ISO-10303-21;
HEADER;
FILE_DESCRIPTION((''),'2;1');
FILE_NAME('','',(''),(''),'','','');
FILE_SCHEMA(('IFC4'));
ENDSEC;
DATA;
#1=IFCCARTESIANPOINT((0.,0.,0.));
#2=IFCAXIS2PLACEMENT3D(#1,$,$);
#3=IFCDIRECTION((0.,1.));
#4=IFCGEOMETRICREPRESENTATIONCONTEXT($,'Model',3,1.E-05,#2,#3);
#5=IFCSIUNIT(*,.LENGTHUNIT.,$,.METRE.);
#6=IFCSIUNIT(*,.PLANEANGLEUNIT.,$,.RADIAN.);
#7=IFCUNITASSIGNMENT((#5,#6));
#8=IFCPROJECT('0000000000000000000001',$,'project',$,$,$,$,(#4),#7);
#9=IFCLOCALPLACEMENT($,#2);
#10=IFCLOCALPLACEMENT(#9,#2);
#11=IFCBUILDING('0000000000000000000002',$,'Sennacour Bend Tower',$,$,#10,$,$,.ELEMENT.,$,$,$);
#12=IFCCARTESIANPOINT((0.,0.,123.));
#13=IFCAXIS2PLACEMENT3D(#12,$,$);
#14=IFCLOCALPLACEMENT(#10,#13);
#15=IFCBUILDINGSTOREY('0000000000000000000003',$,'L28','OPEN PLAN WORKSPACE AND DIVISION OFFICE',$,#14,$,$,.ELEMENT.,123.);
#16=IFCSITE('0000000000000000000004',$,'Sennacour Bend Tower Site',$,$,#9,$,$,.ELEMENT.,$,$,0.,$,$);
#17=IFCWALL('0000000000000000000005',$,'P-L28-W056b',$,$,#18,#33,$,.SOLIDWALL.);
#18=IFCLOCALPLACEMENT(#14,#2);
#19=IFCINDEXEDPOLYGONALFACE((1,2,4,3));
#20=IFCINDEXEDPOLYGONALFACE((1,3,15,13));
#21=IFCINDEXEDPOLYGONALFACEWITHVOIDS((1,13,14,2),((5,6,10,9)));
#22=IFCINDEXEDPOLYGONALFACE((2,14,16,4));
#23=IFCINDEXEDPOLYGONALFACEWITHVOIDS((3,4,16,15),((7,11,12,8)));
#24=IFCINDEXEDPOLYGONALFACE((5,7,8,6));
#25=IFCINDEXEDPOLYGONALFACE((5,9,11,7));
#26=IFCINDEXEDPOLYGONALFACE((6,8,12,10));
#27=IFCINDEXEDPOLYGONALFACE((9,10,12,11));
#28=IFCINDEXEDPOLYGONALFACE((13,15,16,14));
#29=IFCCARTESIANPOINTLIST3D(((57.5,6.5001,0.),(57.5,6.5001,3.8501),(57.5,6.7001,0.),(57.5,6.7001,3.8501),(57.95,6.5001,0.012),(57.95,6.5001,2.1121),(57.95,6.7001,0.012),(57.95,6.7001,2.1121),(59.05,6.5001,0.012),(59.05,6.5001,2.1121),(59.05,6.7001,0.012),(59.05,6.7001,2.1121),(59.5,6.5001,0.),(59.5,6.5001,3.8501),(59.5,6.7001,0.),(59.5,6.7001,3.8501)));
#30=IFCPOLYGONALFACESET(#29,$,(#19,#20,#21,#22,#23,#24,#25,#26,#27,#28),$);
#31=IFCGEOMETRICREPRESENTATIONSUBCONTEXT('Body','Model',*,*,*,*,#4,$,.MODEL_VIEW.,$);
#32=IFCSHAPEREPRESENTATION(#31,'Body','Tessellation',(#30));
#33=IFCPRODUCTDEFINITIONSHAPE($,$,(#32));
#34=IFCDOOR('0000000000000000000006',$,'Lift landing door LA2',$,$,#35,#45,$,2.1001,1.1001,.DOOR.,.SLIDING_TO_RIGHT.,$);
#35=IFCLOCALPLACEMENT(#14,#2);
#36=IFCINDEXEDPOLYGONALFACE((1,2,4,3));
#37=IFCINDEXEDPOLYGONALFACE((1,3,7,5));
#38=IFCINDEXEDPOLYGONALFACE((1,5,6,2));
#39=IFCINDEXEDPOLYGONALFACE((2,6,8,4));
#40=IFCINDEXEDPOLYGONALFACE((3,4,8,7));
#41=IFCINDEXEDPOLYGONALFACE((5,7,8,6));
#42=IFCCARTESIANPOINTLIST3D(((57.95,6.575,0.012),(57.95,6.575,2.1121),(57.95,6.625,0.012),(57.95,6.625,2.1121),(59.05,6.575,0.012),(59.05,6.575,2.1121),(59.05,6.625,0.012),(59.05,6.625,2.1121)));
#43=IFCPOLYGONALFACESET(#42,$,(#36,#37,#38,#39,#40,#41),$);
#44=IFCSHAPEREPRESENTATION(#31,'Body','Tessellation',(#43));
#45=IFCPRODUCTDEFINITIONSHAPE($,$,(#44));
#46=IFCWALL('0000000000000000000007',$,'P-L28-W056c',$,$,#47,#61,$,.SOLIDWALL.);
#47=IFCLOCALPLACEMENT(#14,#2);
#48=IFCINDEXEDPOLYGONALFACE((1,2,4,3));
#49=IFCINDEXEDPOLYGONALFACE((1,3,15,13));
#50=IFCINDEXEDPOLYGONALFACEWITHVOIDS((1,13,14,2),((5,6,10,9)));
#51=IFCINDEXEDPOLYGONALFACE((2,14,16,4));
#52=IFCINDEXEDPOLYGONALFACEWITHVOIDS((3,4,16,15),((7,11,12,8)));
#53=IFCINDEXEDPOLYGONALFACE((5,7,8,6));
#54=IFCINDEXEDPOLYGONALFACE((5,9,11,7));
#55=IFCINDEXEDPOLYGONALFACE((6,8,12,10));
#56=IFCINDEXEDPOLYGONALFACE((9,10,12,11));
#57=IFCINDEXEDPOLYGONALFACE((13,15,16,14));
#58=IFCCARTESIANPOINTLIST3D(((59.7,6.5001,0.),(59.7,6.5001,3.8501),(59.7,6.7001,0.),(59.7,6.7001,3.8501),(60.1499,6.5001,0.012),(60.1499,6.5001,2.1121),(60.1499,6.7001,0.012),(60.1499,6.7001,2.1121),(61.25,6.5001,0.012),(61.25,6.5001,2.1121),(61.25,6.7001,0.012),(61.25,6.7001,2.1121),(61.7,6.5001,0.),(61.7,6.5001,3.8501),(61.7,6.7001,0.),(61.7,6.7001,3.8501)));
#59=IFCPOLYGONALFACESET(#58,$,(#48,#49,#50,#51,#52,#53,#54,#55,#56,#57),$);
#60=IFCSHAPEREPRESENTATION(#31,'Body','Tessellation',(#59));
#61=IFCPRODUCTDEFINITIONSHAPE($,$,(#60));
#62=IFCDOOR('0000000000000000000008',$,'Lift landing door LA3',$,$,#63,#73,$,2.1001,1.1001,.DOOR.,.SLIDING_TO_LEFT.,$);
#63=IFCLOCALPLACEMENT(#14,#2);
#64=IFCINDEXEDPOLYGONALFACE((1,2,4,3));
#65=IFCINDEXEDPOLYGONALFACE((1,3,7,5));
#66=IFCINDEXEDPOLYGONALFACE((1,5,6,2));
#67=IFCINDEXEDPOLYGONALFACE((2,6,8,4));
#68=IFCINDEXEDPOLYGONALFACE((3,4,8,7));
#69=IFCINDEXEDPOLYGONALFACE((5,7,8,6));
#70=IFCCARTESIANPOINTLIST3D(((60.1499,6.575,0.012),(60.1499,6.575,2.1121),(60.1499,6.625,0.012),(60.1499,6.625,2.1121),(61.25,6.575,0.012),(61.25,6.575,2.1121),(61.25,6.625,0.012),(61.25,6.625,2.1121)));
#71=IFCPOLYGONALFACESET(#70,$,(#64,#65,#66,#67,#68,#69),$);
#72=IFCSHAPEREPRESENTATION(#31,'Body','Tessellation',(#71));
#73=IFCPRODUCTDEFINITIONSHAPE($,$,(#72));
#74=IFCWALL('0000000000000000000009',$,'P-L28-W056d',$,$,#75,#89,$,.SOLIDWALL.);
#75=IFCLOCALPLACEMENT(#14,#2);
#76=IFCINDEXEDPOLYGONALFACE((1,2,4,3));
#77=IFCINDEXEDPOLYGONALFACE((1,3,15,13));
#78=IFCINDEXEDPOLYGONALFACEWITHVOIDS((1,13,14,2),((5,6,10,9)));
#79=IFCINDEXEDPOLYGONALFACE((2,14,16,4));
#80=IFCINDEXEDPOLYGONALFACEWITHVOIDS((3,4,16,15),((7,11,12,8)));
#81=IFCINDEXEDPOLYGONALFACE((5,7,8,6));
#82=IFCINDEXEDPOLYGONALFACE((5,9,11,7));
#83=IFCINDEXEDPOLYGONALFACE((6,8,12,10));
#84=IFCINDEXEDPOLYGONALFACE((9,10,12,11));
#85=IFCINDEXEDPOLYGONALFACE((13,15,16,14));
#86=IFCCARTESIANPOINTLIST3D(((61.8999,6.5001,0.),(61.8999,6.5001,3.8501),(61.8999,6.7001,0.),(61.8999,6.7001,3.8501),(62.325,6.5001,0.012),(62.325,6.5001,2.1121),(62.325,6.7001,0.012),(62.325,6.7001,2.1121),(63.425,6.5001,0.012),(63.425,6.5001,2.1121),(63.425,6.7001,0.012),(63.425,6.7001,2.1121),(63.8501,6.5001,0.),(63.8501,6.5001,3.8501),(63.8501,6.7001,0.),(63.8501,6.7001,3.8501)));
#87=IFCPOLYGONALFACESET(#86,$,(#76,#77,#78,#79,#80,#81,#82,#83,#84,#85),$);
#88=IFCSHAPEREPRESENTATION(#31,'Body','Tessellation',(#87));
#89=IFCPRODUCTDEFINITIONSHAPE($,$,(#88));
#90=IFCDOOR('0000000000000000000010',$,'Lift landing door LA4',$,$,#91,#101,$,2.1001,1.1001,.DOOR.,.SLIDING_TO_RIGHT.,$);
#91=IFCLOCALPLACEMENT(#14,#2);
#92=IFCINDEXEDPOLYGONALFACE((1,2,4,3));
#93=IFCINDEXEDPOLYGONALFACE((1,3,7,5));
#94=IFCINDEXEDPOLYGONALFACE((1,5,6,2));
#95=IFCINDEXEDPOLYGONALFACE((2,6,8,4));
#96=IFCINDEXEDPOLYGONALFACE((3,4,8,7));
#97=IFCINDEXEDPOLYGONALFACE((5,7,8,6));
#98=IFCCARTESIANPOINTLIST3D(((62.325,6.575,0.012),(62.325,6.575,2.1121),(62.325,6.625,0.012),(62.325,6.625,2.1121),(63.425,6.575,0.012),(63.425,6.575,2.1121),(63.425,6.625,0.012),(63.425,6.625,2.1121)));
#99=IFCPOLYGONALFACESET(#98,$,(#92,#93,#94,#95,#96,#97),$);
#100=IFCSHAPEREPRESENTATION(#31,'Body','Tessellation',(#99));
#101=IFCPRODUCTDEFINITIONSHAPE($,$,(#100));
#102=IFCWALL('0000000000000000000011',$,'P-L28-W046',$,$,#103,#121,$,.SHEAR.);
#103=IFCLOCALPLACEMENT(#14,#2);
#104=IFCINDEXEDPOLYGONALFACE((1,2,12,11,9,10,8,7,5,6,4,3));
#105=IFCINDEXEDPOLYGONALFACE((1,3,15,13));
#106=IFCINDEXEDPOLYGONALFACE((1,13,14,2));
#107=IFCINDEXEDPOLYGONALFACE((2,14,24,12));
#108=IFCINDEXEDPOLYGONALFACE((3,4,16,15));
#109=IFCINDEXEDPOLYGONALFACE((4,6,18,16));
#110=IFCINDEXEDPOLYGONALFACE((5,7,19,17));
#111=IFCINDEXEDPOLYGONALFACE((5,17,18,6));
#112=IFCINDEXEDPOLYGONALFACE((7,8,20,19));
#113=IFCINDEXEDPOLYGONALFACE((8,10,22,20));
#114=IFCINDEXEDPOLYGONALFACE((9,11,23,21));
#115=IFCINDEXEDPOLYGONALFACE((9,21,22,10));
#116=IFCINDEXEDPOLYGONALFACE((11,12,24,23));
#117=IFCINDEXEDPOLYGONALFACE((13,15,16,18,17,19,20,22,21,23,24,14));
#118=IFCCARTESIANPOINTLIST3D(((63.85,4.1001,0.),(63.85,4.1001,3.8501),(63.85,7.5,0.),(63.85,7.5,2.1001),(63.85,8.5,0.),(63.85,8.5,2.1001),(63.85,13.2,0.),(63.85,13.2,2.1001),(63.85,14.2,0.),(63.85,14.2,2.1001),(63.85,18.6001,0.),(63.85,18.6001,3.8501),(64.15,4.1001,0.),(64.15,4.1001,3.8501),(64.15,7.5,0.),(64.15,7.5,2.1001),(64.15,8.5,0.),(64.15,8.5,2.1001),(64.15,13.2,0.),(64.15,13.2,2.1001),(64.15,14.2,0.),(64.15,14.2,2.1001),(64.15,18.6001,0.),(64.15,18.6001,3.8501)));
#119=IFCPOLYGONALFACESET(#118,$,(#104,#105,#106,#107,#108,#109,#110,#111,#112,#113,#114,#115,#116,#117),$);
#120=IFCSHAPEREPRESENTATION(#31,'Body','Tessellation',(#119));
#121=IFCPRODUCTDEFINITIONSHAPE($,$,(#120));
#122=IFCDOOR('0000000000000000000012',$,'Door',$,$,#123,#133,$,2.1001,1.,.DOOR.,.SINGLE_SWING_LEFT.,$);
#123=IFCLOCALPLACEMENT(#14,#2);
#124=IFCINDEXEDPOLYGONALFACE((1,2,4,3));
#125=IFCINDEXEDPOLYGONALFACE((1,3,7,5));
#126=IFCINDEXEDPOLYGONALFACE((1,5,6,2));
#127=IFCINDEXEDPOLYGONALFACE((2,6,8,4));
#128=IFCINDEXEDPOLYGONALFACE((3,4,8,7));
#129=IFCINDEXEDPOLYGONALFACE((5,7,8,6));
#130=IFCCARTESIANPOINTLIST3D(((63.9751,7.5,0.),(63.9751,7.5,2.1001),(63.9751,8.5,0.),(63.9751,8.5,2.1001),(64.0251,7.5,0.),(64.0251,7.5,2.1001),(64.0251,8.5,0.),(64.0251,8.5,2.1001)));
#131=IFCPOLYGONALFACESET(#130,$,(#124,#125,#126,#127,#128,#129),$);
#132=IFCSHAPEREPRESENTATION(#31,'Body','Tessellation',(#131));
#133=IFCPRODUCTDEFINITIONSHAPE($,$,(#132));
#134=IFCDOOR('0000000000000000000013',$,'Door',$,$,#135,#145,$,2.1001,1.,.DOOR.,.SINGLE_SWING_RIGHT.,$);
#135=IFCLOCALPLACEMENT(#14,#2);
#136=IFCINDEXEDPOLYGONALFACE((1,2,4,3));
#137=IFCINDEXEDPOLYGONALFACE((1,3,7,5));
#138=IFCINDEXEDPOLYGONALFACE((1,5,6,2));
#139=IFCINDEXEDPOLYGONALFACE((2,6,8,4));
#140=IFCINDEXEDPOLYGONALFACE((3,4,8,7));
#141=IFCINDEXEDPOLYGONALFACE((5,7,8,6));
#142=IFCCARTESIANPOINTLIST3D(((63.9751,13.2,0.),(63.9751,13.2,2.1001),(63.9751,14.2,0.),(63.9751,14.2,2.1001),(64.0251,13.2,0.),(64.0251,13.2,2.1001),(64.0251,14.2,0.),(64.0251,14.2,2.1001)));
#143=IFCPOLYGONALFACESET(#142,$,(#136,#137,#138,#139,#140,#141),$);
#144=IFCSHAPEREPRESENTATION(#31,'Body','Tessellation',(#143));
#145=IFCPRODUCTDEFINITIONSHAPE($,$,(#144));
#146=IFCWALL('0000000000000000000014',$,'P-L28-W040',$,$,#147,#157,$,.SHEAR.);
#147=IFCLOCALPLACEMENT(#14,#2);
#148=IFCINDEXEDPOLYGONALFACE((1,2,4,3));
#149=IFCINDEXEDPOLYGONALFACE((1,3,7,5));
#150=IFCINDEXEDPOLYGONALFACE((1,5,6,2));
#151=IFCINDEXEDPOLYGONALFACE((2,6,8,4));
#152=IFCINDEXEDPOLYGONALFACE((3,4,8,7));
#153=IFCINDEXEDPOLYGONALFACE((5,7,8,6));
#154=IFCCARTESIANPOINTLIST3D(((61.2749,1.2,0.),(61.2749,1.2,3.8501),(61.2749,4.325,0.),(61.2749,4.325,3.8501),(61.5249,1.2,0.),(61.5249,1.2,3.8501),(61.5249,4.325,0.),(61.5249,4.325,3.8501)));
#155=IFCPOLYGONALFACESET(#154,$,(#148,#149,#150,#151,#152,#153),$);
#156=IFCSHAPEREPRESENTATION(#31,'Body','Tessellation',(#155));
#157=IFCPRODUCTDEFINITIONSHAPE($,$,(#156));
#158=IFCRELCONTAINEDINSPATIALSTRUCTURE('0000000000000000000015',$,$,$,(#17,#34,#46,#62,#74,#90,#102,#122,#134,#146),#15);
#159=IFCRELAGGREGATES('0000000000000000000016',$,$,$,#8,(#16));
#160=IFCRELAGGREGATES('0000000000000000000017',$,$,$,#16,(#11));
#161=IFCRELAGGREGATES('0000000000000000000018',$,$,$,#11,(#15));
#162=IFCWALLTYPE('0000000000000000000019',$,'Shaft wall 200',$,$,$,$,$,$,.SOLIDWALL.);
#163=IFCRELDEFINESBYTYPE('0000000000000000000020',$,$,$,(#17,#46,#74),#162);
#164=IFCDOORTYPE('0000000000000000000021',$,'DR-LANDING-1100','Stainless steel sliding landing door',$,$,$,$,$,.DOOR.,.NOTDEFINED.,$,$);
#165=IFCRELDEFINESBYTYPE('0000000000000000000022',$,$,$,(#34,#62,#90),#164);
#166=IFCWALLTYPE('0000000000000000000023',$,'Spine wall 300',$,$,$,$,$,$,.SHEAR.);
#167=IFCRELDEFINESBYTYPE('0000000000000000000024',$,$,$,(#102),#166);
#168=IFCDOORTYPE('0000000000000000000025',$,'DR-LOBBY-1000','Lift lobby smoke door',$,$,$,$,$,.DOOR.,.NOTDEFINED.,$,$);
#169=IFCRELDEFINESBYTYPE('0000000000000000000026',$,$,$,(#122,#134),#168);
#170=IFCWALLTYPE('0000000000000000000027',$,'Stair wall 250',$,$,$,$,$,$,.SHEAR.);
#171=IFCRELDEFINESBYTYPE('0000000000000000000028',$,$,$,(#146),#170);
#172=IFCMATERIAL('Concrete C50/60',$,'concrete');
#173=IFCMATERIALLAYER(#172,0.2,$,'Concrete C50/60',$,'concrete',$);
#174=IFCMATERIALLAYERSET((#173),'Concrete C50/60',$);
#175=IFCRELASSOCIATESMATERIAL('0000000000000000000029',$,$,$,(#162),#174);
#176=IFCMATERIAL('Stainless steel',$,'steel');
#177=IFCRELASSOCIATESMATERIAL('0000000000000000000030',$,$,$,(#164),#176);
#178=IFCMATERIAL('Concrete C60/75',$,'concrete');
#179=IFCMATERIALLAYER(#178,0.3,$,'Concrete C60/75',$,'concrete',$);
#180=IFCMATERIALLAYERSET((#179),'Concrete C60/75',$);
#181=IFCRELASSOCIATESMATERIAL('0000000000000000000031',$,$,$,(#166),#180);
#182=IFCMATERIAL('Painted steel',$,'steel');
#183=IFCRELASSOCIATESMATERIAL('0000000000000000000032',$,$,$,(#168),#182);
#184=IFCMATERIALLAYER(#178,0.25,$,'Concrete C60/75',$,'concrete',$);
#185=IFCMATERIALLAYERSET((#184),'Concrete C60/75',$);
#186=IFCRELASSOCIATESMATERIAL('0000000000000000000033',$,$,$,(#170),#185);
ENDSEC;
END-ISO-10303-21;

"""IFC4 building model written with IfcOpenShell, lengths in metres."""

from ifc_helpers import new_model, si_unit, direction, frame, frame_2d, origin, place, context, subcontext, project, spatial, rectangle, extrude, material, layer, layer_set, type_object, element, fill, save


model = new_model("IFC4")

# Units and contexts
model_context = context("Model", 3, precision=1e-05, world=origin(), true_north=direction((0.0, 1.0)))
body_context = subcontext(model_context, "Body", "Model", "MODEL_VIEW")
ifc_project = project(units=[si_unit("LENGTHUNIT", "METRE"), si_unit("PLANEANGLEUNIT", "RADIAN")], contexts=[model_context])

# Site, building, storey
site_placement = place(None, origin())
site = spatial("IfcSite", under=ifc_project, at=site_placement, Name="Sennacour Bend Tower Site", CompositionType="ELEMENT", RefElevation=0.0)
building_placement = place(site_placement, origin())
building = spatial("IfcBuilding", under=site, at=building_placement, Name="Sennacour Bend Tower", CompositionType="ELEMENT")
storey_placement = place(building_placement, frame((0.0, 0.0, 123.0)))
storey = spatial("IfcBuildingStorey", under=building, at=storey_placement, Name="L28", Description="OPEN PLAN WORKSPACE AND DIVISION OFFICE", CompositionType="ELEMENT", Elevation=123.0)

# Shared definitions
ifc_material_1 = material(Name="Painted steel", Category="steel")

# Shared definitions
ifc_material_2 = material(Name="Concrete C50/60", Category="concrete")
ifc_layer_1 = layer(ifc_material_2, 0.2, Name="Concrete C50/60", Category="concrete")
ifc_layer_set_1 = layer_set([ifc_layer_1], Name="Concrete C50/60")
wall_type_1 = type_object("IfcWallType", Name="Shaft wall 200", PredefinedType="SOLIDWALL", material=ifc_layer_set_1)

# Walls, openings, doors
wall_1_placement = place(storey_placement, frame((57.5, 6.6001, 0.0), z_axis=(0.0, 0.0, 1.0), x_axis=(1.0, 0.0, 0.0)))
wall_1 = element("IfcWall", 1, at=wall_1_placement, inside=storey, type_object=wall_type_1, Name="P-L28-W056b", PredefinedType="SOLIDWALL", context=body_context, shape_type="SweptSolid", body=[
    extrude(rectangle(XDim=2.0, YDim=0.2, at=frame_2d((1.0, 0.0))), origin(), (0.0, 0.0, 1.0), 3.8501),
])
opening_1_placement = place(wall_1_placement, frame((0.45, 0.0, 0.012)))
opening_1 = element("IfcOpeningElement", 2, at=opening_1_placement, cuts=wall_1, PredefinedType="OPENING", context=body_context, shape_type="SweptSolid", body=[
    extrude(rectangle(XDim=1.1001, YDim=2.1001, at=frame_2d((0.55, 1.05))), frame((0.0, 0.1099, 0.0), z_axis=(0.0, -1.0, 0.0), x_axis=(1.0, 0.0, 0.0)), (0.0, 0.0, 1.0), 0.22),
])
ifc_material_3 = material(Name="Stainless steel", Category="steel")
door_type_1 = type_object("IfcDoorType", Name="DR-LANDING-1100", Description="Stainless steel sliding landing door", OperationType="NOTDEFINED", PredefinedType="DOOR", material=ifc_material_3)
door_1_placement = place(opening_1_placement, origin())
door_1 = element("IfcDoor", 3, at=door_1_placement, inside=storey, type_object=door_type_1, Name="Lift landing door LA2", OperationType="SLIDING_TO_RIGHT", OverallHeight=2.1001, OverallWidth=1.1001, PredefinedType="DOOR", context=body_context, shape_type="SweptSolid", body=[
    extrude(rectangle(XDim=1.1001, YDim=2.1001, at=frame_2d((0.55, 1.05))), frame((0.0, 0.0249, 0.0), z_axis=(0.0, -1.0, 0.0), x_axis=(1.0, 0.0, 0.0)), (0.0, 0.0, 1.0), 0.05),
])
fill(opening_1, door_1)
wall_2_placement = place(storey_placement, frame((59.7, 6.6001, 0.0), z_axis=(0.0, 0.0, 1.0), x_axis=(1.0, 0.0, 0.0)))
wall_2 = element("IfcWall", 4, at=wall_2_placement, inside=storey, type_object=wall_type_1, Name="P-L28-W056c", PredefinedType="SOLIDWALL", context=body_context, shape_type="SweptSolid", body=[
    extrude(rectangle(XDim=2.0, YDim=0.2, at=frame_2d((1.0, 0.0))), origin(), (0.0, 0.0, 1.0), 3.8501),
])
opening_2_placement = place(wall_2_placement, frame((0.45, 0.0, 0.012)))
opening_2 = element("IfcOpeningElement", 5, at=opening_2_placement, cuts=wall_2, PredefinedType="OPENING", context=body_context, shape_type="SweptSolid", body=[
    extrude(rectangle(XDim=1.1001, YDim=2.1001, at=frame_2d((0.55, 1.05))), frame((0.0, 0.1099, 0.0), z_axis=(0.0, -1.0, 0.0), x_axis=(1.0, 0.0, 0.0)), (0.0, 0.0, 1.0), 0.22),
])
door_2_placement = place(opening_2_placement, origin())
door_2 = element("IfcDoor", 6, at=door_2_placement, inside=storey, type_object=door_type_1, Name="Lift landing door LA3", OperationType="SLIDING_TO_LEFT", OverallHeight=2.1001, OverallWidth=1.1001, PredefinedType="DOOR", context=body_context, shape_type="SweptSolid", body=[
    extrude(rectangle(XDim=1.1001, YDim=2.1001, at=frame_2d((0.55, 1.05))), frame((0.0, 0.0249, 0.0), z_axis=(0.0, -1.0, 0.0), x_axis=(1.0, 0.0, 0.0)), (0.0, 0.0, 1.0), 0.05),
])
fill(opening_2, door_2)
wall_3_placement = place(storey_placement, frame((61.8999, 6.6001, 0.0), z_axis=(0.0, 0.0, 1.0), x_axis=(1.0, 0.0, 0.0)))
wall_3 = element("IfcWall", 7, at=wall_3_placement, inside=storey, type_object=wall_type_1, Name="P-L28-W056d", PredefinedType="SOLIDWALL", context=body_context, shape_type="SweptSolid", body=[
    extrude(rectangle(XDim=1.9502, YDim=0.2, at=frame_2d((0.9751, 0.0))), origin(), (0.0, 0.0, 1.0), 3.8501),
])
opening_3_placement = place(wall_3_placement, frame((0.425, 0.0, 0.012)))
opening_3 = element("IfcOpeningElement", 8, at=opening_3_placement, cuts=wall_3, PredefinedType="OPENING", context=body_context, shape_type="SweptSolid", body=[
    extrude(rectangle(XDim=1.1001, YDim=2.1001, at=frame_2d((0.55, 1.05))), frame((0.0, 0.1099, 0.0), z_axis=(0.0, -1.0, 0.0), x_axis=(1.0, 0.0, 0.0)), (0.0, 0.0, 1.0), 0.22),
])
door_3_placement = place(opening_3_placement, origin())
door_3 = element("IfcDoor", 9, at=door_3_placement, inside=storey, type_object=door_type_1, Name="Lift landing door LA4", OperationType="SLIDING_TO_RIGHT", OverallHeight=2.1001, OverallWidth=1.1001, PredefinedType="DOOR", context=body_context, shape_type="SweptSolid", body=[
    extrude(rectangle(XDim=1.1001, YDim=2.1001, at=frame_2d((0.55, 1.05))), frame((0.0, 0.0249, 0.0), z_axis=(0.0, -1.0, 0.0), x_axis=(1.0, 0.0, 0.0)), (0.0, 0.0, 1.0), 0.05),
])
fill(opening_3, door_3)

# Wall, openings, doors
ifc_material_4 = material(Name="Concrete C60/75", Category="concrete")
ifc_layer_2 = layer(ifc_material_4, 0.3, Name="Concrete C60/75", Category="concrete")
ifc_layer_set_2 = layer_set([ifc_layer_2], Name="Concrete C60/75")
wall_type_2 = type_object("IfcWallType", Name="Spine wall 300", PredefinedType="SHEAR", material=ifc_layer_set_2)
wall_4_placement = place(storey_placement, frame((64.0, 4.1001, 0.0), z_axis=(0.0, 0.0, 1.0), x_axis=(0.0, 1.0, 0.0)))
wall_4 = element("IfcWall", 10, at=wall_4_placement, inside=storey, type_object=wall_type_2, Name="P-L28-W046", PredefinedType="SHEAR", context=body_context, shape_type="SweptSolid", body=[
    extrude(rectangle(XDim=14.5, YDim=0.3, at=frame_2d((7.25, 0.0))), origin(), (0.0, 0.0, 1.0), 3.8501),
])
opening_4_placement = place(wall_4_placement, frame((3.3999, 0.0, 0.0)))
opening_4 = element("IfcOpeningElement", 11, at=opening_4_placement, cuts=wall_4, PredefinedType="OPENING", context=body_context, shape_type="SweptSolid", body=[
    extrude(rectangle(XDim=1.0, YDim=2.1001, at=frame_2d((0.5, 1.05))), frame((0.0, 0.1602, 0.0), z_axis=(0.0, -1.0, 0.0), x_axis=(1.0, 0.0, 0.0)), (0.0, 0.0, 1.0), 0.3201),
])
opening_5_placement = place(wall_4_placement, frame((9.0999, 0.0, 0.0)))
opening_5 = element("IfcOpeningElement", 12, at=opening_5_placement, cuts=wall_4, PredefinedType="OPENING", context=body_context, shape_type="SweptSolid", body=[
    extrude(rectangle(XDim=1.0, YDim=2.1001, at=frame_2d((0.5, 1.05))), frame((0.0, 0.1602, 0.0), z_axis=(0.0, -1.0, 0.0), x_axis=(1.0, 0.0, 0.0)), (0.0, 0.0, 1.0), 0.3201),
])
door_type_2 = type_object("IfcDoorType", Name="DR-LOBBY-1000", Description="Lift lobby smoke door", OperationType="NOTDEFINED", PredefinedType="DOOR", material=ifc_material_1)
door_4_placement = place(opening_4_placement, origin())
door_4 = element("IfcDoor", 13, at=door_4_placement, inside=storey, type_object=door_type_2, Name="Door", OperationType="SINGLE_SWING_LEFT", OverallHeight=2.1001, OverallWidth=1.0, PredefinedType="DOOR", context=body_context, shape_type="SweptSolid", body=[
    extrude(rectangle(XDim=1.0, YDim=2.1001, at=frame_2d((0.5, 1.05))), frame((0.0, 0.0249, 0.0), z_axis=(0.0, -1.0, 0.0), x_axis=(1.0, 0.0, 0.0)), (0.0, 0.0, 1.0), 0.05),
])
fill(opening_4, door_4)
door_5_placement = place(opening_5_placement, origin())
door_5 = element("IfcDoor", 14, at=door_5_placement, inside=storey, type_object=door_type_2, Name="Door", OperationType="SINGLE_SWING_RIGHT", OverallHeight=2.1001, OverallWidth=1.0, PredefinedType="DOOR", context=body_context, shape_type="SweptSolid", body=[
    extrude(rectangle(XDim=1.0, YDim=2.1001, at=frame_2d((0.5, 1.05))), frame((0.0, 0.0249, 0.0), z_axis=(0.0, -1.0, 0.0), x_axis=(1.0, 0.0, 0.0)), (0.0, 0.0, 1.0), 0.05),
])
fill(opening_5, door_5)

# Wall
ifc_layer_3 = layer(ifc_material_4, 0.25, Name="Concrete C60/75", Category="concrete")
ifc_layer_set_3 = layer_set([ifc_layer_3], Name="Concrete C60/75")
wall_type_3 = type_object("IfcWallType", Name="Stair wall 250", PredefinedType="SHEAR", material=ifc_layer_set_3)
wall_5_placement = place(storey_placement, frame((61.3999, 1.2, 0.0), z_axis=(0.0, 0.0, 1.0), x_axis=(0.0, 1.0, 0.0)))
element("IfcWall", 15, at=wall_5_placement, inside=storey, type_object=wall_type_3, Name="P-L28-W040", PredefinedType="SHEAR", context=body_context, shape_type="SweptSolid", body=[
    extrude(rectangle(XDim=3.125, YDim=0.25, at=frame_2d((1.5625, 0.0))), origin(), (0.0, 0.0, 1.0), 3.8501),
])

save(model, "model.ifc")
